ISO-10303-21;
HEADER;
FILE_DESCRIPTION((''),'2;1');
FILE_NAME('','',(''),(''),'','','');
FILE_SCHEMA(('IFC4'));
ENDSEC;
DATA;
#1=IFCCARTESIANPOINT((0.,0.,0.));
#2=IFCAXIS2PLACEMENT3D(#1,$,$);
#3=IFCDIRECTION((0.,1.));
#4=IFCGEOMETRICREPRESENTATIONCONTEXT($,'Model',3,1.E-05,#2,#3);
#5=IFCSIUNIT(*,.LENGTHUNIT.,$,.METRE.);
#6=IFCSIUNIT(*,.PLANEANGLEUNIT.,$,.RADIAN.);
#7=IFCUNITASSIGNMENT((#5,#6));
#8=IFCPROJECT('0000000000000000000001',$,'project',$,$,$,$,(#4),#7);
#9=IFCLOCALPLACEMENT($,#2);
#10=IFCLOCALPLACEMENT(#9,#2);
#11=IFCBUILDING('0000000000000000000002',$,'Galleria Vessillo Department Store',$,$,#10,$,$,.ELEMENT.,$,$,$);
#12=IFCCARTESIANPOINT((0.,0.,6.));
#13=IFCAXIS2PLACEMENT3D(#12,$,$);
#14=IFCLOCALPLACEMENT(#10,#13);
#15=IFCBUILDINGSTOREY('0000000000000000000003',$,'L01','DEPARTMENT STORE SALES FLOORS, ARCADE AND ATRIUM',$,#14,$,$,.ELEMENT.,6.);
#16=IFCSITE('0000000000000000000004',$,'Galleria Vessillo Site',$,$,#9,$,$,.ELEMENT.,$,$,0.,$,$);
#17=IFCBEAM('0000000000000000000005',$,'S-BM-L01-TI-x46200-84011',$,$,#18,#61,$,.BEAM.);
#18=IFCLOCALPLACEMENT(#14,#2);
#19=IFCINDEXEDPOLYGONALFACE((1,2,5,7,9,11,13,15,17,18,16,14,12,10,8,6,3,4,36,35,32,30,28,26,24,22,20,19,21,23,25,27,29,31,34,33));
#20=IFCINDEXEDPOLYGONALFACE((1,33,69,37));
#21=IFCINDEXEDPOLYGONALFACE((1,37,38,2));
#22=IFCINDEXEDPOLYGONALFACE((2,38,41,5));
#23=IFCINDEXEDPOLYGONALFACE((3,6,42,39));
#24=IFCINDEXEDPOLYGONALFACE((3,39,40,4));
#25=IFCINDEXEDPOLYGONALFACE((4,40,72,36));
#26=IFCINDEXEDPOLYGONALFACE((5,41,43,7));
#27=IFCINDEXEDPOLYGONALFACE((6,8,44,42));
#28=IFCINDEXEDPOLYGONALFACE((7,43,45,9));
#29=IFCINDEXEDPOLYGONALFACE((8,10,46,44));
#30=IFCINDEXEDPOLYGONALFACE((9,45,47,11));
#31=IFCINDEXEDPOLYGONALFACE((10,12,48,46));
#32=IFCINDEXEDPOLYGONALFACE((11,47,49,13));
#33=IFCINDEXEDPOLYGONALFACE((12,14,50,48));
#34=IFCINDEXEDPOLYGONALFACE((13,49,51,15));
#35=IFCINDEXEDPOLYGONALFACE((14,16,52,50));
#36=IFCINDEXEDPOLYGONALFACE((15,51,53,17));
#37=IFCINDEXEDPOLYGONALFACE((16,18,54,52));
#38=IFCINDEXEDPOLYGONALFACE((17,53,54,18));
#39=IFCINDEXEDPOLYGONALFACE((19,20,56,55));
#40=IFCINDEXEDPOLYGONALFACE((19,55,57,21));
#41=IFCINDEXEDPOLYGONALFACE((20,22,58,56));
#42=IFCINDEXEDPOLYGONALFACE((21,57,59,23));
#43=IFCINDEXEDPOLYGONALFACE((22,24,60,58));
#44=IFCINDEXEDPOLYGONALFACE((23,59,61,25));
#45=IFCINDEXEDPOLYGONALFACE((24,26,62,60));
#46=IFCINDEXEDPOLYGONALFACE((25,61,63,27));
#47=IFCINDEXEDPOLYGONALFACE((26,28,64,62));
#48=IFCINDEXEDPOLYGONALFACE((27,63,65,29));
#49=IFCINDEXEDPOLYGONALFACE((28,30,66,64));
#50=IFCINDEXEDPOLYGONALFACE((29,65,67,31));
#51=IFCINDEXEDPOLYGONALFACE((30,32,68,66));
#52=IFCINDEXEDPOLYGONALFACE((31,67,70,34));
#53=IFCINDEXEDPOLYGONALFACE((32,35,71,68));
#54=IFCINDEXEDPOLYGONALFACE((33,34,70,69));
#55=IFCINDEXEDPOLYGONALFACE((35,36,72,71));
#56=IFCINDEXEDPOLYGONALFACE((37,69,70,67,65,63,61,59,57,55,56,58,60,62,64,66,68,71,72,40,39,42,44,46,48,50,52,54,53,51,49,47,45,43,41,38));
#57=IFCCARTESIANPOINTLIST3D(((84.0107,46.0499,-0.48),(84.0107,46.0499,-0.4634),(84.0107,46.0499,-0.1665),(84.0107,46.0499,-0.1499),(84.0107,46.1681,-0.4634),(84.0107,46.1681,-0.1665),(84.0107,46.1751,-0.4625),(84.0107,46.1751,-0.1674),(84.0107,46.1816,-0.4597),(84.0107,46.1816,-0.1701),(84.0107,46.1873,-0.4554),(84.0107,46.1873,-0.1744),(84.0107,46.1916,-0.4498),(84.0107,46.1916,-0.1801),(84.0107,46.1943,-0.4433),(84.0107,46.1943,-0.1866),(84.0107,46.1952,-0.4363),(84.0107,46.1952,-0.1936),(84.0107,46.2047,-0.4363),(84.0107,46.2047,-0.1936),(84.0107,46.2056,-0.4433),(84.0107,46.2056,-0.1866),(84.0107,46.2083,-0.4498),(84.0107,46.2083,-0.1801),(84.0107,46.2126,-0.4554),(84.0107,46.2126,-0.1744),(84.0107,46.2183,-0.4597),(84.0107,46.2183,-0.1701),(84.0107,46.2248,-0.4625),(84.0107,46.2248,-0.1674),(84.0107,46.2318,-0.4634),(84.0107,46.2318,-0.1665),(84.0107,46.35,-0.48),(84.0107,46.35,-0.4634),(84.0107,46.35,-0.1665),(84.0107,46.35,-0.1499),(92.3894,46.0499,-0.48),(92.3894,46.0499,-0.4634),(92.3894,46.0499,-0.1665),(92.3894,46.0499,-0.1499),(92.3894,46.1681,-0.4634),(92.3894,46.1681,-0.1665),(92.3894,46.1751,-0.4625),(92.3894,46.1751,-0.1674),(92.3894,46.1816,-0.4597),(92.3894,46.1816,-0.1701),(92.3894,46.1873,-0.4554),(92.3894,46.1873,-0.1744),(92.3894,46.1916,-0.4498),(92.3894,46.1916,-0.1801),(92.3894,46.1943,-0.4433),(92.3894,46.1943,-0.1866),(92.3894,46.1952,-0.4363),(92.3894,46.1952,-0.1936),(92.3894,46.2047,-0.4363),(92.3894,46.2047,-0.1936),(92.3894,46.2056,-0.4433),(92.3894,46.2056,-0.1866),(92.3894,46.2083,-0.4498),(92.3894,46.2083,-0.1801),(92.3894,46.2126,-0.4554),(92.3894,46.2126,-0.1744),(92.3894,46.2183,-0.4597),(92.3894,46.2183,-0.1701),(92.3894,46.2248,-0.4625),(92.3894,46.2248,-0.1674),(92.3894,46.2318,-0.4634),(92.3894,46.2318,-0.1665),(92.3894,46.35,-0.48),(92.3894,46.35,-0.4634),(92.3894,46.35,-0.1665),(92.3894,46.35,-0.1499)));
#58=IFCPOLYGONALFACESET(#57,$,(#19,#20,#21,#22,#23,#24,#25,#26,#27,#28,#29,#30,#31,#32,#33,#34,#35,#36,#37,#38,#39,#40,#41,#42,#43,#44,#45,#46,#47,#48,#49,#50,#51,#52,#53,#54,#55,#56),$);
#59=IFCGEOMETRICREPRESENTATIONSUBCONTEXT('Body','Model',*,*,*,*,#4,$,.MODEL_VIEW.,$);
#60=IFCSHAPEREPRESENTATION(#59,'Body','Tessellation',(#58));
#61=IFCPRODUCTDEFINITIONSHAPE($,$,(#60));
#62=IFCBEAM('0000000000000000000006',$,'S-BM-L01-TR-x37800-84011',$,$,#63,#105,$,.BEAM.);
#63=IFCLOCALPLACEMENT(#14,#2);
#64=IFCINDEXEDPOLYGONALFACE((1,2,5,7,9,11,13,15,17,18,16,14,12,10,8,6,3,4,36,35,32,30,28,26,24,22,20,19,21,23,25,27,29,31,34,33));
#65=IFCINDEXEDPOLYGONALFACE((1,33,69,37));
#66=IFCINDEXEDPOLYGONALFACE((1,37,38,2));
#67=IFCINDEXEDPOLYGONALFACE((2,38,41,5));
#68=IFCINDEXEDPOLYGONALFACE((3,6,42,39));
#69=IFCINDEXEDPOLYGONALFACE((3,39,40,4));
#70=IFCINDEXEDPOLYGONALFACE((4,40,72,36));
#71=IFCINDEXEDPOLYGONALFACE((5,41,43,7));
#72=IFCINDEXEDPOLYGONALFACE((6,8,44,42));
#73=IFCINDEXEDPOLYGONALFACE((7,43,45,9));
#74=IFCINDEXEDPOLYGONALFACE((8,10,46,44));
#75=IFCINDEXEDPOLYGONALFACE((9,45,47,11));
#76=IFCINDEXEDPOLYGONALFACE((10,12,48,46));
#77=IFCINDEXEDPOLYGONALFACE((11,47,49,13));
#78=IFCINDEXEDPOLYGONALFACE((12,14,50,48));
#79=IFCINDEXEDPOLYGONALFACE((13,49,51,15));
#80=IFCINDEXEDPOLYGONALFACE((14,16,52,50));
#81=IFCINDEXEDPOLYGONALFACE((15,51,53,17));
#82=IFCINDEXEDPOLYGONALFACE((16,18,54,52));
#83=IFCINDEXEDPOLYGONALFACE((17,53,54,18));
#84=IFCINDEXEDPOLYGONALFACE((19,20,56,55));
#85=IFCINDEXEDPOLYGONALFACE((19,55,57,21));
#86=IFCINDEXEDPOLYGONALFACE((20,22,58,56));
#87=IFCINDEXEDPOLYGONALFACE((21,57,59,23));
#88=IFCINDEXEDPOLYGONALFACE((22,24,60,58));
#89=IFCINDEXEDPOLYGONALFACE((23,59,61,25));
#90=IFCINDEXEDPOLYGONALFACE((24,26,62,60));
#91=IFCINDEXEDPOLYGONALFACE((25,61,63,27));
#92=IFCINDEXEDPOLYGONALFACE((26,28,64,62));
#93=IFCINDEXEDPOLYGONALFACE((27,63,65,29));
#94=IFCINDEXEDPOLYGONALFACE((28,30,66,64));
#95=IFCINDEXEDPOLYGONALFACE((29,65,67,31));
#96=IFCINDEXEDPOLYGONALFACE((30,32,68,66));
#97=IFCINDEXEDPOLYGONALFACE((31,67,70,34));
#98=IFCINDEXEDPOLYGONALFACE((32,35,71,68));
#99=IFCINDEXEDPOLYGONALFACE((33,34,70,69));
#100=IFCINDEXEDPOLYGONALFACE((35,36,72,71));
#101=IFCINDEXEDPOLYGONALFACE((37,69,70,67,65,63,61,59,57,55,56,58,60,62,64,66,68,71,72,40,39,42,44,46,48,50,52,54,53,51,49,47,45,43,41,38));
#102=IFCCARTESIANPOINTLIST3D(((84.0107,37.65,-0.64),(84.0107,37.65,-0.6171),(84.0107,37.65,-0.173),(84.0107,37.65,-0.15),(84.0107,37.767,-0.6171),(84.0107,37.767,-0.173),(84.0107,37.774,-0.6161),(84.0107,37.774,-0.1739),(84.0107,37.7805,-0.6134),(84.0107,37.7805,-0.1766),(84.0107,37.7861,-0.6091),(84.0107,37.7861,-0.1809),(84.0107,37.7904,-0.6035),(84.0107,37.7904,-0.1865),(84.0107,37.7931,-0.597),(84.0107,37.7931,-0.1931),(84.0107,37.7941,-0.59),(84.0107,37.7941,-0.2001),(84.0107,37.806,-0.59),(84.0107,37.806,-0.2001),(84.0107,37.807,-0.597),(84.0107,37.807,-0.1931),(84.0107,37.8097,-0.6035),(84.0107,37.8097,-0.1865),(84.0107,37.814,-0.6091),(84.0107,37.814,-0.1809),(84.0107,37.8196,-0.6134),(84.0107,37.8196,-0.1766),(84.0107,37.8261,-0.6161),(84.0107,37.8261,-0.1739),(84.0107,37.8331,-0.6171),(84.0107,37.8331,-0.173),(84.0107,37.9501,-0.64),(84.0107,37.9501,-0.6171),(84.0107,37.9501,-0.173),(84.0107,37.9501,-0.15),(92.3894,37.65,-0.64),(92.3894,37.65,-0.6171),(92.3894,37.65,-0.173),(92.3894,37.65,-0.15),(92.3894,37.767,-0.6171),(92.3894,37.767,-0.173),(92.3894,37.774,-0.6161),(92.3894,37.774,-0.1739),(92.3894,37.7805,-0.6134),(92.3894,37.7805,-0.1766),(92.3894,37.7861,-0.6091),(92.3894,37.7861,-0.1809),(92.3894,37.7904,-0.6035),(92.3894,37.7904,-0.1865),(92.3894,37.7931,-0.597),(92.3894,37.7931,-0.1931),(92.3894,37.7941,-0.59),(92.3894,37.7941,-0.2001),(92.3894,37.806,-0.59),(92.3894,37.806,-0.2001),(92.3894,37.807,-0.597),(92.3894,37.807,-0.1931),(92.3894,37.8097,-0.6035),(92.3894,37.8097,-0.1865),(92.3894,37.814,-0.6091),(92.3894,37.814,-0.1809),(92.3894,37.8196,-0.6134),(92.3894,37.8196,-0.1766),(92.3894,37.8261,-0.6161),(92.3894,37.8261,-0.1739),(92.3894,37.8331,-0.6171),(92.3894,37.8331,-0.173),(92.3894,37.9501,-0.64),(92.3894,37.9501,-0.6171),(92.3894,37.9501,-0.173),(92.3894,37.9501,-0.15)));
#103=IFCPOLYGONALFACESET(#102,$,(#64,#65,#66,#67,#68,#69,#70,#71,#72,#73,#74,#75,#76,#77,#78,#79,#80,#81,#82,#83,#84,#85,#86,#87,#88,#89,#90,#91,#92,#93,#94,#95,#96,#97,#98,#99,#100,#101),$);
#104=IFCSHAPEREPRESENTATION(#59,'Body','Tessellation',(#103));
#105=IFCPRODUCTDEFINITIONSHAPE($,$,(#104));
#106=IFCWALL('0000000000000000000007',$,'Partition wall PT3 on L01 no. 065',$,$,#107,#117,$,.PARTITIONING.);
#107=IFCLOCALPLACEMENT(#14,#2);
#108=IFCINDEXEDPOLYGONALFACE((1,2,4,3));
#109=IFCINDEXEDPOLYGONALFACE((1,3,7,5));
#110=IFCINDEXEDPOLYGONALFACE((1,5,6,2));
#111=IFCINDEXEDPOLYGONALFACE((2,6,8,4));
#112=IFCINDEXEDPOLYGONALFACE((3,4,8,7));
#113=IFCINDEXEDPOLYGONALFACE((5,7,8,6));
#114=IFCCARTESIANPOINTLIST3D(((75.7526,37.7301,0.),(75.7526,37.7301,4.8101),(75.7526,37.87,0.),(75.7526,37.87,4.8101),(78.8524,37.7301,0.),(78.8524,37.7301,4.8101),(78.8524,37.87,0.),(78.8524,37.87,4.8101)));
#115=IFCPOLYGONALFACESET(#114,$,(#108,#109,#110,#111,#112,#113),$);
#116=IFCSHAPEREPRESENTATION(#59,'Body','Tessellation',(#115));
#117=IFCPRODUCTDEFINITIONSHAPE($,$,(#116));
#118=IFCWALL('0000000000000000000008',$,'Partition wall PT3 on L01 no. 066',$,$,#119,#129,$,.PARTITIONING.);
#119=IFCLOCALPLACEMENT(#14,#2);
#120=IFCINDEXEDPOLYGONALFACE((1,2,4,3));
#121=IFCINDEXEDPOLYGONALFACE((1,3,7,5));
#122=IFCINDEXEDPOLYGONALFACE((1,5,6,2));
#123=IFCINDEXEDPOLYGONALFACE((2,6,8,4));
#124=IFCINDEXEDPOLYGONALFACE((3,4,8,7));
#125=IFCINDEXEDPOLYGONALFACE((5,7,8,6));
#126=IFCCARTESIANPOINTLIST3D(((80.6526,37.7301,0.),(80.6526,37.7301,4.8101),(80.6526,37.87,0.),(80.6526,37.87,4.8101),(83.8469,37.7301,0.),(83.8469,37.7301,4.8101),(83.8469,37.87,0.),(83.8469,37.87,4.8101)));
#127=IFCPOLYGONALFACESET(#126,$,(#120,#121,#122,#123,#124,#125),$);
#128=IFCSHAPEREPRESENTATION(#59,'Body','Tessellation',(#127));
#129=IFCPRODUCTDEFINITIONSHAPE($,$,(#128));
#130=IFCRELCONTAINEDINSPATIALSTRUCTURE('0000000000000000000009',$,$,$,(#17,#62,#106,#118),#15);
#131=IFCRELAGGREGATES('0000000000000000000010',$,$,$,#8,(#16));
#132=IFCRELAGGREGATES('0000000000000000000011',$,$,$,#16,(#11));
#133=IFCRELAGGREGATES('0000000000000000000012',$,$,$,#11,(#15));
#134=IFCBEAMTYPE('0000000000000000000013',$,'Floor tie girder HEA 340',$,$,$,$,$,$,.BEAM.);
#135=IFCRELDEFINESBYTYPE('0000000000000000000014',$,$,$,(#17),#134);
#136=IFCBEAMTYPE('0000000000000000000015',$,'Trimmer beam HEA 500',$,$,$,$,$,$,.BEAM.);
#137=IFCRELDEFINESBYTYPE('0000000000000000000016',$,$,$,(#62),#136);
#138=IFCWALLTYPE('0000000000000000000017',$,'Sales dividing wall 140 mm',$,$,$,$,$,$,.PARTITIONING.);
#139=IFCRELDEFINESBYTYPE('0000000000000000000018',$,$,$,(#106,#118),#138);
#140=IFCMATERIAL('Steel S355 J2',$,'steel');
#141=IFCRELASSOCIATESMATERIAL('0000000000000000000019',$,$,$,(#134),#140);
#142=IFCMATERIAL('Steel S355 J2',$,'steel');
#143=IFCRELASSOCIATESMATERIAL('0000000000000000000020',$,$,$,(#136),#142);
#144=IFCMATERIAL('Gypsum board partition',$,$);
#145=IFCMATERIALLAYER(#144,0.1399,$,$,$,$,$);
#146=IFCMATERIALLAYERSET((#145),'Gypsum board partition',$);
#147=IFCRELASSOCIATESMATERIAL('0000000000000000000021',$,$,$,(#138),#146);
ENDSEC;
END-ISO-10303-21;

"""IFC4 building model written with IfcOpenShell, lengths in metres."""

from ifc_helpers import new_model, si_unit, direction, frame, frame_2d, origin, origin_2d, place, context, subcontext, project, spatial, rectangle, i_section, extrude, material, layer, layer_set, material_profile, profile_set, type_object, element, save


model = new_model("IFC4")

# Units and contexts
model_context = context("Model", 3, precision=1e-05, world=origin(), true_north=direction((0.0, 1.0)))
body_context = subcontext(model_context, "Body", "Model", "MODEL_VIEW")
ifc_project = project(units=[si_unit("LENGTHUNIT", "METRE"), si_unit("PLANEANGLEUNIT", "RADIAN")], contexts=[model_context])

# Site, building, storey
site_placement = place(None, origin())
site = spatial("IfcSite", under=ifc_project, at=site_placement, Name="Galleria Vessillo Site", CompositionType="ELEMENT", RefElevation=0.0)
building_placement = place(site_placement, origin())
building = spatial("IfcBuilding", under=site, at=building_placement, Name="Galleria Vessillo Department Store", CompositionType="ELEMENT")
storey_placement = place(building_placement, frame((0.0, 0.0, 6.0)))
storey = spatial("IfcBuildingStorey", under=building, at=storey_placement, Name="L01", Description="DEPARTMENT STORE SALES FLOORS, ARCADE AND ATRIUM", CompositionType="ELEMENT", Elevation=6.0)

# Beams
ifc_material_1 = material(Name="Steel S355 J2", Category="steel")
ifc_material_profile_1 = material_profile(ifc_material_1, i_section(OverallWidth=0.3, OverallDepth=0.3301, WebThickness=0.0095, FlangeThickness=0.0166, FilletRadius=0.0271, at=origin_2d()), Name="HEA 340")
ifc_profile_set_1 = profile_set([ifc_material_profile_1], Name="Steel S355 J2")
beam_type_1 = type_object("IfcBeamType", Name="Floor tie girder HEA 340", PredefinedType="BEAM", material=ifc_profile_set_1)
beam_1_placement = place(storey_placement, frame((84.0107, 46.2, -0.3149), z_axis=(1.0, 0.0, 0.0), x_axis=(0.0, 1.0, 0.0)))
element("IfcBeam", 1, at=beam_1_placement, inside=storey, type_object=beam_type_1, Name="S-BM-L01-TI-x46200-84011", PredefinedType="BEAM", context=body_context, shape_type="SweptSolid", body=[
    extrude(i_section(OverallWidth=0.3, OverallDepth=0.3301, WebThickness=0.0095, FlangeThickness=0.0166, FilletRadius=0.0271, at=origin_2d()), origin(), (0.0, 0.0, 1.0), 8.3787),
])
ifc_material_2 = material(Name="Steel S355 J2", Category="steel")
ifc_material_profile_2 = material_profile(ifc_material_2, i_section(OverallWidth=0.3, OverallDepth=0.49, WebThickness=0.012, FlangeThickness=0.0229, FilletRadius=0.0271, at=origin_2d()), Name="HEA 500")
ifc_profile_set_2 = profile_set([ifc_material_profile_2], Name="Steel S355 J2")
beam_type_2 = type_object("IfcBeamType", Name="Trimmer beam HEA 500", PredefinedType="BEAM", material=ifc_profile_set_2)
beam_2_placement = place(storey_placement, frame((84.0107, 37.8, -0.395), z_axis=(1.0, 0.0, 0.0), x_axis=(0.0, 1.0, 0.0)))
element("IfcBeam", 2, at=beam_2_placement, inside=storey, type_object=beam_type_2, Name="S-BM-L01-TR-x37800-84011", PredefinedType="BEAM", context=body_context, shape_type="SweptSolid", body=[
    extrude(i_section(OverallWidth=0.3, OverallDepth=0.49, WebThickness=0.012, FlangeThickness=0.0229, FilletRadius=0.0271, at=origin_2d()), origin(), (0.0, 0.0, 1.0), 8.3787),
])

# Walls
ifc_material_3 = material(Name="Gypsum board partition")
ifc_layer_1 = layer(ifc_material_3, 0.1399)
ifc_layer_set_1 = layer_set([ifc_layer_1], Name="Gypsum board partition")
wall_type = type_object("IfcWallType", Name="Sales dividing wall 140 mm", PredefinedType="PARTITIONING", material=ifc_layer_set_1)
wall_1_placement = place(storey_placement, frame((75.7527, 37.8, 0.0), z_axis=(0.0, 0.0, 1.0), x_axis=(1.0, 0.0, 0.0)))
element("IfcWall", 3, at=wall_1_placement, inside=storey, type_object=wall_type, Name="Partition wall PT3 on L01 no. 065", PredefinedType="PARTITIONING", context=body_context, shape_type="SweptSolid", body=[
    extrude(rectangle(XDim=3.0999, YDim=0.1399, at=frame_2d((1.5498, 0.0))), origin(), (0.0, 0.0, 1.0), 4.8101),
])
wall_2_placement = place(storey_placement, frame((80.6526, 37.8, 0.0), z_axis=(0.0, 0.0, 1.0), x_axis=(1.0, 0.0, 0.0)))
element("IfcWall", 4, at=wall_2_placement, inside=storey, type_object=wall_type, Name="Partition wall PT3 on L01 no. 066", PredefinedType="PARTITIONING", context=body_context, shape_type="SweptSolid", body=[
    extrude(rectangle(XDim=3.1943, YDim=0.1399, at=frame_2d((1.5972, 0.0))), origin(), (0.0, 0.0, 1.0), 4.8101),
])

save(model, "model.ifc")
